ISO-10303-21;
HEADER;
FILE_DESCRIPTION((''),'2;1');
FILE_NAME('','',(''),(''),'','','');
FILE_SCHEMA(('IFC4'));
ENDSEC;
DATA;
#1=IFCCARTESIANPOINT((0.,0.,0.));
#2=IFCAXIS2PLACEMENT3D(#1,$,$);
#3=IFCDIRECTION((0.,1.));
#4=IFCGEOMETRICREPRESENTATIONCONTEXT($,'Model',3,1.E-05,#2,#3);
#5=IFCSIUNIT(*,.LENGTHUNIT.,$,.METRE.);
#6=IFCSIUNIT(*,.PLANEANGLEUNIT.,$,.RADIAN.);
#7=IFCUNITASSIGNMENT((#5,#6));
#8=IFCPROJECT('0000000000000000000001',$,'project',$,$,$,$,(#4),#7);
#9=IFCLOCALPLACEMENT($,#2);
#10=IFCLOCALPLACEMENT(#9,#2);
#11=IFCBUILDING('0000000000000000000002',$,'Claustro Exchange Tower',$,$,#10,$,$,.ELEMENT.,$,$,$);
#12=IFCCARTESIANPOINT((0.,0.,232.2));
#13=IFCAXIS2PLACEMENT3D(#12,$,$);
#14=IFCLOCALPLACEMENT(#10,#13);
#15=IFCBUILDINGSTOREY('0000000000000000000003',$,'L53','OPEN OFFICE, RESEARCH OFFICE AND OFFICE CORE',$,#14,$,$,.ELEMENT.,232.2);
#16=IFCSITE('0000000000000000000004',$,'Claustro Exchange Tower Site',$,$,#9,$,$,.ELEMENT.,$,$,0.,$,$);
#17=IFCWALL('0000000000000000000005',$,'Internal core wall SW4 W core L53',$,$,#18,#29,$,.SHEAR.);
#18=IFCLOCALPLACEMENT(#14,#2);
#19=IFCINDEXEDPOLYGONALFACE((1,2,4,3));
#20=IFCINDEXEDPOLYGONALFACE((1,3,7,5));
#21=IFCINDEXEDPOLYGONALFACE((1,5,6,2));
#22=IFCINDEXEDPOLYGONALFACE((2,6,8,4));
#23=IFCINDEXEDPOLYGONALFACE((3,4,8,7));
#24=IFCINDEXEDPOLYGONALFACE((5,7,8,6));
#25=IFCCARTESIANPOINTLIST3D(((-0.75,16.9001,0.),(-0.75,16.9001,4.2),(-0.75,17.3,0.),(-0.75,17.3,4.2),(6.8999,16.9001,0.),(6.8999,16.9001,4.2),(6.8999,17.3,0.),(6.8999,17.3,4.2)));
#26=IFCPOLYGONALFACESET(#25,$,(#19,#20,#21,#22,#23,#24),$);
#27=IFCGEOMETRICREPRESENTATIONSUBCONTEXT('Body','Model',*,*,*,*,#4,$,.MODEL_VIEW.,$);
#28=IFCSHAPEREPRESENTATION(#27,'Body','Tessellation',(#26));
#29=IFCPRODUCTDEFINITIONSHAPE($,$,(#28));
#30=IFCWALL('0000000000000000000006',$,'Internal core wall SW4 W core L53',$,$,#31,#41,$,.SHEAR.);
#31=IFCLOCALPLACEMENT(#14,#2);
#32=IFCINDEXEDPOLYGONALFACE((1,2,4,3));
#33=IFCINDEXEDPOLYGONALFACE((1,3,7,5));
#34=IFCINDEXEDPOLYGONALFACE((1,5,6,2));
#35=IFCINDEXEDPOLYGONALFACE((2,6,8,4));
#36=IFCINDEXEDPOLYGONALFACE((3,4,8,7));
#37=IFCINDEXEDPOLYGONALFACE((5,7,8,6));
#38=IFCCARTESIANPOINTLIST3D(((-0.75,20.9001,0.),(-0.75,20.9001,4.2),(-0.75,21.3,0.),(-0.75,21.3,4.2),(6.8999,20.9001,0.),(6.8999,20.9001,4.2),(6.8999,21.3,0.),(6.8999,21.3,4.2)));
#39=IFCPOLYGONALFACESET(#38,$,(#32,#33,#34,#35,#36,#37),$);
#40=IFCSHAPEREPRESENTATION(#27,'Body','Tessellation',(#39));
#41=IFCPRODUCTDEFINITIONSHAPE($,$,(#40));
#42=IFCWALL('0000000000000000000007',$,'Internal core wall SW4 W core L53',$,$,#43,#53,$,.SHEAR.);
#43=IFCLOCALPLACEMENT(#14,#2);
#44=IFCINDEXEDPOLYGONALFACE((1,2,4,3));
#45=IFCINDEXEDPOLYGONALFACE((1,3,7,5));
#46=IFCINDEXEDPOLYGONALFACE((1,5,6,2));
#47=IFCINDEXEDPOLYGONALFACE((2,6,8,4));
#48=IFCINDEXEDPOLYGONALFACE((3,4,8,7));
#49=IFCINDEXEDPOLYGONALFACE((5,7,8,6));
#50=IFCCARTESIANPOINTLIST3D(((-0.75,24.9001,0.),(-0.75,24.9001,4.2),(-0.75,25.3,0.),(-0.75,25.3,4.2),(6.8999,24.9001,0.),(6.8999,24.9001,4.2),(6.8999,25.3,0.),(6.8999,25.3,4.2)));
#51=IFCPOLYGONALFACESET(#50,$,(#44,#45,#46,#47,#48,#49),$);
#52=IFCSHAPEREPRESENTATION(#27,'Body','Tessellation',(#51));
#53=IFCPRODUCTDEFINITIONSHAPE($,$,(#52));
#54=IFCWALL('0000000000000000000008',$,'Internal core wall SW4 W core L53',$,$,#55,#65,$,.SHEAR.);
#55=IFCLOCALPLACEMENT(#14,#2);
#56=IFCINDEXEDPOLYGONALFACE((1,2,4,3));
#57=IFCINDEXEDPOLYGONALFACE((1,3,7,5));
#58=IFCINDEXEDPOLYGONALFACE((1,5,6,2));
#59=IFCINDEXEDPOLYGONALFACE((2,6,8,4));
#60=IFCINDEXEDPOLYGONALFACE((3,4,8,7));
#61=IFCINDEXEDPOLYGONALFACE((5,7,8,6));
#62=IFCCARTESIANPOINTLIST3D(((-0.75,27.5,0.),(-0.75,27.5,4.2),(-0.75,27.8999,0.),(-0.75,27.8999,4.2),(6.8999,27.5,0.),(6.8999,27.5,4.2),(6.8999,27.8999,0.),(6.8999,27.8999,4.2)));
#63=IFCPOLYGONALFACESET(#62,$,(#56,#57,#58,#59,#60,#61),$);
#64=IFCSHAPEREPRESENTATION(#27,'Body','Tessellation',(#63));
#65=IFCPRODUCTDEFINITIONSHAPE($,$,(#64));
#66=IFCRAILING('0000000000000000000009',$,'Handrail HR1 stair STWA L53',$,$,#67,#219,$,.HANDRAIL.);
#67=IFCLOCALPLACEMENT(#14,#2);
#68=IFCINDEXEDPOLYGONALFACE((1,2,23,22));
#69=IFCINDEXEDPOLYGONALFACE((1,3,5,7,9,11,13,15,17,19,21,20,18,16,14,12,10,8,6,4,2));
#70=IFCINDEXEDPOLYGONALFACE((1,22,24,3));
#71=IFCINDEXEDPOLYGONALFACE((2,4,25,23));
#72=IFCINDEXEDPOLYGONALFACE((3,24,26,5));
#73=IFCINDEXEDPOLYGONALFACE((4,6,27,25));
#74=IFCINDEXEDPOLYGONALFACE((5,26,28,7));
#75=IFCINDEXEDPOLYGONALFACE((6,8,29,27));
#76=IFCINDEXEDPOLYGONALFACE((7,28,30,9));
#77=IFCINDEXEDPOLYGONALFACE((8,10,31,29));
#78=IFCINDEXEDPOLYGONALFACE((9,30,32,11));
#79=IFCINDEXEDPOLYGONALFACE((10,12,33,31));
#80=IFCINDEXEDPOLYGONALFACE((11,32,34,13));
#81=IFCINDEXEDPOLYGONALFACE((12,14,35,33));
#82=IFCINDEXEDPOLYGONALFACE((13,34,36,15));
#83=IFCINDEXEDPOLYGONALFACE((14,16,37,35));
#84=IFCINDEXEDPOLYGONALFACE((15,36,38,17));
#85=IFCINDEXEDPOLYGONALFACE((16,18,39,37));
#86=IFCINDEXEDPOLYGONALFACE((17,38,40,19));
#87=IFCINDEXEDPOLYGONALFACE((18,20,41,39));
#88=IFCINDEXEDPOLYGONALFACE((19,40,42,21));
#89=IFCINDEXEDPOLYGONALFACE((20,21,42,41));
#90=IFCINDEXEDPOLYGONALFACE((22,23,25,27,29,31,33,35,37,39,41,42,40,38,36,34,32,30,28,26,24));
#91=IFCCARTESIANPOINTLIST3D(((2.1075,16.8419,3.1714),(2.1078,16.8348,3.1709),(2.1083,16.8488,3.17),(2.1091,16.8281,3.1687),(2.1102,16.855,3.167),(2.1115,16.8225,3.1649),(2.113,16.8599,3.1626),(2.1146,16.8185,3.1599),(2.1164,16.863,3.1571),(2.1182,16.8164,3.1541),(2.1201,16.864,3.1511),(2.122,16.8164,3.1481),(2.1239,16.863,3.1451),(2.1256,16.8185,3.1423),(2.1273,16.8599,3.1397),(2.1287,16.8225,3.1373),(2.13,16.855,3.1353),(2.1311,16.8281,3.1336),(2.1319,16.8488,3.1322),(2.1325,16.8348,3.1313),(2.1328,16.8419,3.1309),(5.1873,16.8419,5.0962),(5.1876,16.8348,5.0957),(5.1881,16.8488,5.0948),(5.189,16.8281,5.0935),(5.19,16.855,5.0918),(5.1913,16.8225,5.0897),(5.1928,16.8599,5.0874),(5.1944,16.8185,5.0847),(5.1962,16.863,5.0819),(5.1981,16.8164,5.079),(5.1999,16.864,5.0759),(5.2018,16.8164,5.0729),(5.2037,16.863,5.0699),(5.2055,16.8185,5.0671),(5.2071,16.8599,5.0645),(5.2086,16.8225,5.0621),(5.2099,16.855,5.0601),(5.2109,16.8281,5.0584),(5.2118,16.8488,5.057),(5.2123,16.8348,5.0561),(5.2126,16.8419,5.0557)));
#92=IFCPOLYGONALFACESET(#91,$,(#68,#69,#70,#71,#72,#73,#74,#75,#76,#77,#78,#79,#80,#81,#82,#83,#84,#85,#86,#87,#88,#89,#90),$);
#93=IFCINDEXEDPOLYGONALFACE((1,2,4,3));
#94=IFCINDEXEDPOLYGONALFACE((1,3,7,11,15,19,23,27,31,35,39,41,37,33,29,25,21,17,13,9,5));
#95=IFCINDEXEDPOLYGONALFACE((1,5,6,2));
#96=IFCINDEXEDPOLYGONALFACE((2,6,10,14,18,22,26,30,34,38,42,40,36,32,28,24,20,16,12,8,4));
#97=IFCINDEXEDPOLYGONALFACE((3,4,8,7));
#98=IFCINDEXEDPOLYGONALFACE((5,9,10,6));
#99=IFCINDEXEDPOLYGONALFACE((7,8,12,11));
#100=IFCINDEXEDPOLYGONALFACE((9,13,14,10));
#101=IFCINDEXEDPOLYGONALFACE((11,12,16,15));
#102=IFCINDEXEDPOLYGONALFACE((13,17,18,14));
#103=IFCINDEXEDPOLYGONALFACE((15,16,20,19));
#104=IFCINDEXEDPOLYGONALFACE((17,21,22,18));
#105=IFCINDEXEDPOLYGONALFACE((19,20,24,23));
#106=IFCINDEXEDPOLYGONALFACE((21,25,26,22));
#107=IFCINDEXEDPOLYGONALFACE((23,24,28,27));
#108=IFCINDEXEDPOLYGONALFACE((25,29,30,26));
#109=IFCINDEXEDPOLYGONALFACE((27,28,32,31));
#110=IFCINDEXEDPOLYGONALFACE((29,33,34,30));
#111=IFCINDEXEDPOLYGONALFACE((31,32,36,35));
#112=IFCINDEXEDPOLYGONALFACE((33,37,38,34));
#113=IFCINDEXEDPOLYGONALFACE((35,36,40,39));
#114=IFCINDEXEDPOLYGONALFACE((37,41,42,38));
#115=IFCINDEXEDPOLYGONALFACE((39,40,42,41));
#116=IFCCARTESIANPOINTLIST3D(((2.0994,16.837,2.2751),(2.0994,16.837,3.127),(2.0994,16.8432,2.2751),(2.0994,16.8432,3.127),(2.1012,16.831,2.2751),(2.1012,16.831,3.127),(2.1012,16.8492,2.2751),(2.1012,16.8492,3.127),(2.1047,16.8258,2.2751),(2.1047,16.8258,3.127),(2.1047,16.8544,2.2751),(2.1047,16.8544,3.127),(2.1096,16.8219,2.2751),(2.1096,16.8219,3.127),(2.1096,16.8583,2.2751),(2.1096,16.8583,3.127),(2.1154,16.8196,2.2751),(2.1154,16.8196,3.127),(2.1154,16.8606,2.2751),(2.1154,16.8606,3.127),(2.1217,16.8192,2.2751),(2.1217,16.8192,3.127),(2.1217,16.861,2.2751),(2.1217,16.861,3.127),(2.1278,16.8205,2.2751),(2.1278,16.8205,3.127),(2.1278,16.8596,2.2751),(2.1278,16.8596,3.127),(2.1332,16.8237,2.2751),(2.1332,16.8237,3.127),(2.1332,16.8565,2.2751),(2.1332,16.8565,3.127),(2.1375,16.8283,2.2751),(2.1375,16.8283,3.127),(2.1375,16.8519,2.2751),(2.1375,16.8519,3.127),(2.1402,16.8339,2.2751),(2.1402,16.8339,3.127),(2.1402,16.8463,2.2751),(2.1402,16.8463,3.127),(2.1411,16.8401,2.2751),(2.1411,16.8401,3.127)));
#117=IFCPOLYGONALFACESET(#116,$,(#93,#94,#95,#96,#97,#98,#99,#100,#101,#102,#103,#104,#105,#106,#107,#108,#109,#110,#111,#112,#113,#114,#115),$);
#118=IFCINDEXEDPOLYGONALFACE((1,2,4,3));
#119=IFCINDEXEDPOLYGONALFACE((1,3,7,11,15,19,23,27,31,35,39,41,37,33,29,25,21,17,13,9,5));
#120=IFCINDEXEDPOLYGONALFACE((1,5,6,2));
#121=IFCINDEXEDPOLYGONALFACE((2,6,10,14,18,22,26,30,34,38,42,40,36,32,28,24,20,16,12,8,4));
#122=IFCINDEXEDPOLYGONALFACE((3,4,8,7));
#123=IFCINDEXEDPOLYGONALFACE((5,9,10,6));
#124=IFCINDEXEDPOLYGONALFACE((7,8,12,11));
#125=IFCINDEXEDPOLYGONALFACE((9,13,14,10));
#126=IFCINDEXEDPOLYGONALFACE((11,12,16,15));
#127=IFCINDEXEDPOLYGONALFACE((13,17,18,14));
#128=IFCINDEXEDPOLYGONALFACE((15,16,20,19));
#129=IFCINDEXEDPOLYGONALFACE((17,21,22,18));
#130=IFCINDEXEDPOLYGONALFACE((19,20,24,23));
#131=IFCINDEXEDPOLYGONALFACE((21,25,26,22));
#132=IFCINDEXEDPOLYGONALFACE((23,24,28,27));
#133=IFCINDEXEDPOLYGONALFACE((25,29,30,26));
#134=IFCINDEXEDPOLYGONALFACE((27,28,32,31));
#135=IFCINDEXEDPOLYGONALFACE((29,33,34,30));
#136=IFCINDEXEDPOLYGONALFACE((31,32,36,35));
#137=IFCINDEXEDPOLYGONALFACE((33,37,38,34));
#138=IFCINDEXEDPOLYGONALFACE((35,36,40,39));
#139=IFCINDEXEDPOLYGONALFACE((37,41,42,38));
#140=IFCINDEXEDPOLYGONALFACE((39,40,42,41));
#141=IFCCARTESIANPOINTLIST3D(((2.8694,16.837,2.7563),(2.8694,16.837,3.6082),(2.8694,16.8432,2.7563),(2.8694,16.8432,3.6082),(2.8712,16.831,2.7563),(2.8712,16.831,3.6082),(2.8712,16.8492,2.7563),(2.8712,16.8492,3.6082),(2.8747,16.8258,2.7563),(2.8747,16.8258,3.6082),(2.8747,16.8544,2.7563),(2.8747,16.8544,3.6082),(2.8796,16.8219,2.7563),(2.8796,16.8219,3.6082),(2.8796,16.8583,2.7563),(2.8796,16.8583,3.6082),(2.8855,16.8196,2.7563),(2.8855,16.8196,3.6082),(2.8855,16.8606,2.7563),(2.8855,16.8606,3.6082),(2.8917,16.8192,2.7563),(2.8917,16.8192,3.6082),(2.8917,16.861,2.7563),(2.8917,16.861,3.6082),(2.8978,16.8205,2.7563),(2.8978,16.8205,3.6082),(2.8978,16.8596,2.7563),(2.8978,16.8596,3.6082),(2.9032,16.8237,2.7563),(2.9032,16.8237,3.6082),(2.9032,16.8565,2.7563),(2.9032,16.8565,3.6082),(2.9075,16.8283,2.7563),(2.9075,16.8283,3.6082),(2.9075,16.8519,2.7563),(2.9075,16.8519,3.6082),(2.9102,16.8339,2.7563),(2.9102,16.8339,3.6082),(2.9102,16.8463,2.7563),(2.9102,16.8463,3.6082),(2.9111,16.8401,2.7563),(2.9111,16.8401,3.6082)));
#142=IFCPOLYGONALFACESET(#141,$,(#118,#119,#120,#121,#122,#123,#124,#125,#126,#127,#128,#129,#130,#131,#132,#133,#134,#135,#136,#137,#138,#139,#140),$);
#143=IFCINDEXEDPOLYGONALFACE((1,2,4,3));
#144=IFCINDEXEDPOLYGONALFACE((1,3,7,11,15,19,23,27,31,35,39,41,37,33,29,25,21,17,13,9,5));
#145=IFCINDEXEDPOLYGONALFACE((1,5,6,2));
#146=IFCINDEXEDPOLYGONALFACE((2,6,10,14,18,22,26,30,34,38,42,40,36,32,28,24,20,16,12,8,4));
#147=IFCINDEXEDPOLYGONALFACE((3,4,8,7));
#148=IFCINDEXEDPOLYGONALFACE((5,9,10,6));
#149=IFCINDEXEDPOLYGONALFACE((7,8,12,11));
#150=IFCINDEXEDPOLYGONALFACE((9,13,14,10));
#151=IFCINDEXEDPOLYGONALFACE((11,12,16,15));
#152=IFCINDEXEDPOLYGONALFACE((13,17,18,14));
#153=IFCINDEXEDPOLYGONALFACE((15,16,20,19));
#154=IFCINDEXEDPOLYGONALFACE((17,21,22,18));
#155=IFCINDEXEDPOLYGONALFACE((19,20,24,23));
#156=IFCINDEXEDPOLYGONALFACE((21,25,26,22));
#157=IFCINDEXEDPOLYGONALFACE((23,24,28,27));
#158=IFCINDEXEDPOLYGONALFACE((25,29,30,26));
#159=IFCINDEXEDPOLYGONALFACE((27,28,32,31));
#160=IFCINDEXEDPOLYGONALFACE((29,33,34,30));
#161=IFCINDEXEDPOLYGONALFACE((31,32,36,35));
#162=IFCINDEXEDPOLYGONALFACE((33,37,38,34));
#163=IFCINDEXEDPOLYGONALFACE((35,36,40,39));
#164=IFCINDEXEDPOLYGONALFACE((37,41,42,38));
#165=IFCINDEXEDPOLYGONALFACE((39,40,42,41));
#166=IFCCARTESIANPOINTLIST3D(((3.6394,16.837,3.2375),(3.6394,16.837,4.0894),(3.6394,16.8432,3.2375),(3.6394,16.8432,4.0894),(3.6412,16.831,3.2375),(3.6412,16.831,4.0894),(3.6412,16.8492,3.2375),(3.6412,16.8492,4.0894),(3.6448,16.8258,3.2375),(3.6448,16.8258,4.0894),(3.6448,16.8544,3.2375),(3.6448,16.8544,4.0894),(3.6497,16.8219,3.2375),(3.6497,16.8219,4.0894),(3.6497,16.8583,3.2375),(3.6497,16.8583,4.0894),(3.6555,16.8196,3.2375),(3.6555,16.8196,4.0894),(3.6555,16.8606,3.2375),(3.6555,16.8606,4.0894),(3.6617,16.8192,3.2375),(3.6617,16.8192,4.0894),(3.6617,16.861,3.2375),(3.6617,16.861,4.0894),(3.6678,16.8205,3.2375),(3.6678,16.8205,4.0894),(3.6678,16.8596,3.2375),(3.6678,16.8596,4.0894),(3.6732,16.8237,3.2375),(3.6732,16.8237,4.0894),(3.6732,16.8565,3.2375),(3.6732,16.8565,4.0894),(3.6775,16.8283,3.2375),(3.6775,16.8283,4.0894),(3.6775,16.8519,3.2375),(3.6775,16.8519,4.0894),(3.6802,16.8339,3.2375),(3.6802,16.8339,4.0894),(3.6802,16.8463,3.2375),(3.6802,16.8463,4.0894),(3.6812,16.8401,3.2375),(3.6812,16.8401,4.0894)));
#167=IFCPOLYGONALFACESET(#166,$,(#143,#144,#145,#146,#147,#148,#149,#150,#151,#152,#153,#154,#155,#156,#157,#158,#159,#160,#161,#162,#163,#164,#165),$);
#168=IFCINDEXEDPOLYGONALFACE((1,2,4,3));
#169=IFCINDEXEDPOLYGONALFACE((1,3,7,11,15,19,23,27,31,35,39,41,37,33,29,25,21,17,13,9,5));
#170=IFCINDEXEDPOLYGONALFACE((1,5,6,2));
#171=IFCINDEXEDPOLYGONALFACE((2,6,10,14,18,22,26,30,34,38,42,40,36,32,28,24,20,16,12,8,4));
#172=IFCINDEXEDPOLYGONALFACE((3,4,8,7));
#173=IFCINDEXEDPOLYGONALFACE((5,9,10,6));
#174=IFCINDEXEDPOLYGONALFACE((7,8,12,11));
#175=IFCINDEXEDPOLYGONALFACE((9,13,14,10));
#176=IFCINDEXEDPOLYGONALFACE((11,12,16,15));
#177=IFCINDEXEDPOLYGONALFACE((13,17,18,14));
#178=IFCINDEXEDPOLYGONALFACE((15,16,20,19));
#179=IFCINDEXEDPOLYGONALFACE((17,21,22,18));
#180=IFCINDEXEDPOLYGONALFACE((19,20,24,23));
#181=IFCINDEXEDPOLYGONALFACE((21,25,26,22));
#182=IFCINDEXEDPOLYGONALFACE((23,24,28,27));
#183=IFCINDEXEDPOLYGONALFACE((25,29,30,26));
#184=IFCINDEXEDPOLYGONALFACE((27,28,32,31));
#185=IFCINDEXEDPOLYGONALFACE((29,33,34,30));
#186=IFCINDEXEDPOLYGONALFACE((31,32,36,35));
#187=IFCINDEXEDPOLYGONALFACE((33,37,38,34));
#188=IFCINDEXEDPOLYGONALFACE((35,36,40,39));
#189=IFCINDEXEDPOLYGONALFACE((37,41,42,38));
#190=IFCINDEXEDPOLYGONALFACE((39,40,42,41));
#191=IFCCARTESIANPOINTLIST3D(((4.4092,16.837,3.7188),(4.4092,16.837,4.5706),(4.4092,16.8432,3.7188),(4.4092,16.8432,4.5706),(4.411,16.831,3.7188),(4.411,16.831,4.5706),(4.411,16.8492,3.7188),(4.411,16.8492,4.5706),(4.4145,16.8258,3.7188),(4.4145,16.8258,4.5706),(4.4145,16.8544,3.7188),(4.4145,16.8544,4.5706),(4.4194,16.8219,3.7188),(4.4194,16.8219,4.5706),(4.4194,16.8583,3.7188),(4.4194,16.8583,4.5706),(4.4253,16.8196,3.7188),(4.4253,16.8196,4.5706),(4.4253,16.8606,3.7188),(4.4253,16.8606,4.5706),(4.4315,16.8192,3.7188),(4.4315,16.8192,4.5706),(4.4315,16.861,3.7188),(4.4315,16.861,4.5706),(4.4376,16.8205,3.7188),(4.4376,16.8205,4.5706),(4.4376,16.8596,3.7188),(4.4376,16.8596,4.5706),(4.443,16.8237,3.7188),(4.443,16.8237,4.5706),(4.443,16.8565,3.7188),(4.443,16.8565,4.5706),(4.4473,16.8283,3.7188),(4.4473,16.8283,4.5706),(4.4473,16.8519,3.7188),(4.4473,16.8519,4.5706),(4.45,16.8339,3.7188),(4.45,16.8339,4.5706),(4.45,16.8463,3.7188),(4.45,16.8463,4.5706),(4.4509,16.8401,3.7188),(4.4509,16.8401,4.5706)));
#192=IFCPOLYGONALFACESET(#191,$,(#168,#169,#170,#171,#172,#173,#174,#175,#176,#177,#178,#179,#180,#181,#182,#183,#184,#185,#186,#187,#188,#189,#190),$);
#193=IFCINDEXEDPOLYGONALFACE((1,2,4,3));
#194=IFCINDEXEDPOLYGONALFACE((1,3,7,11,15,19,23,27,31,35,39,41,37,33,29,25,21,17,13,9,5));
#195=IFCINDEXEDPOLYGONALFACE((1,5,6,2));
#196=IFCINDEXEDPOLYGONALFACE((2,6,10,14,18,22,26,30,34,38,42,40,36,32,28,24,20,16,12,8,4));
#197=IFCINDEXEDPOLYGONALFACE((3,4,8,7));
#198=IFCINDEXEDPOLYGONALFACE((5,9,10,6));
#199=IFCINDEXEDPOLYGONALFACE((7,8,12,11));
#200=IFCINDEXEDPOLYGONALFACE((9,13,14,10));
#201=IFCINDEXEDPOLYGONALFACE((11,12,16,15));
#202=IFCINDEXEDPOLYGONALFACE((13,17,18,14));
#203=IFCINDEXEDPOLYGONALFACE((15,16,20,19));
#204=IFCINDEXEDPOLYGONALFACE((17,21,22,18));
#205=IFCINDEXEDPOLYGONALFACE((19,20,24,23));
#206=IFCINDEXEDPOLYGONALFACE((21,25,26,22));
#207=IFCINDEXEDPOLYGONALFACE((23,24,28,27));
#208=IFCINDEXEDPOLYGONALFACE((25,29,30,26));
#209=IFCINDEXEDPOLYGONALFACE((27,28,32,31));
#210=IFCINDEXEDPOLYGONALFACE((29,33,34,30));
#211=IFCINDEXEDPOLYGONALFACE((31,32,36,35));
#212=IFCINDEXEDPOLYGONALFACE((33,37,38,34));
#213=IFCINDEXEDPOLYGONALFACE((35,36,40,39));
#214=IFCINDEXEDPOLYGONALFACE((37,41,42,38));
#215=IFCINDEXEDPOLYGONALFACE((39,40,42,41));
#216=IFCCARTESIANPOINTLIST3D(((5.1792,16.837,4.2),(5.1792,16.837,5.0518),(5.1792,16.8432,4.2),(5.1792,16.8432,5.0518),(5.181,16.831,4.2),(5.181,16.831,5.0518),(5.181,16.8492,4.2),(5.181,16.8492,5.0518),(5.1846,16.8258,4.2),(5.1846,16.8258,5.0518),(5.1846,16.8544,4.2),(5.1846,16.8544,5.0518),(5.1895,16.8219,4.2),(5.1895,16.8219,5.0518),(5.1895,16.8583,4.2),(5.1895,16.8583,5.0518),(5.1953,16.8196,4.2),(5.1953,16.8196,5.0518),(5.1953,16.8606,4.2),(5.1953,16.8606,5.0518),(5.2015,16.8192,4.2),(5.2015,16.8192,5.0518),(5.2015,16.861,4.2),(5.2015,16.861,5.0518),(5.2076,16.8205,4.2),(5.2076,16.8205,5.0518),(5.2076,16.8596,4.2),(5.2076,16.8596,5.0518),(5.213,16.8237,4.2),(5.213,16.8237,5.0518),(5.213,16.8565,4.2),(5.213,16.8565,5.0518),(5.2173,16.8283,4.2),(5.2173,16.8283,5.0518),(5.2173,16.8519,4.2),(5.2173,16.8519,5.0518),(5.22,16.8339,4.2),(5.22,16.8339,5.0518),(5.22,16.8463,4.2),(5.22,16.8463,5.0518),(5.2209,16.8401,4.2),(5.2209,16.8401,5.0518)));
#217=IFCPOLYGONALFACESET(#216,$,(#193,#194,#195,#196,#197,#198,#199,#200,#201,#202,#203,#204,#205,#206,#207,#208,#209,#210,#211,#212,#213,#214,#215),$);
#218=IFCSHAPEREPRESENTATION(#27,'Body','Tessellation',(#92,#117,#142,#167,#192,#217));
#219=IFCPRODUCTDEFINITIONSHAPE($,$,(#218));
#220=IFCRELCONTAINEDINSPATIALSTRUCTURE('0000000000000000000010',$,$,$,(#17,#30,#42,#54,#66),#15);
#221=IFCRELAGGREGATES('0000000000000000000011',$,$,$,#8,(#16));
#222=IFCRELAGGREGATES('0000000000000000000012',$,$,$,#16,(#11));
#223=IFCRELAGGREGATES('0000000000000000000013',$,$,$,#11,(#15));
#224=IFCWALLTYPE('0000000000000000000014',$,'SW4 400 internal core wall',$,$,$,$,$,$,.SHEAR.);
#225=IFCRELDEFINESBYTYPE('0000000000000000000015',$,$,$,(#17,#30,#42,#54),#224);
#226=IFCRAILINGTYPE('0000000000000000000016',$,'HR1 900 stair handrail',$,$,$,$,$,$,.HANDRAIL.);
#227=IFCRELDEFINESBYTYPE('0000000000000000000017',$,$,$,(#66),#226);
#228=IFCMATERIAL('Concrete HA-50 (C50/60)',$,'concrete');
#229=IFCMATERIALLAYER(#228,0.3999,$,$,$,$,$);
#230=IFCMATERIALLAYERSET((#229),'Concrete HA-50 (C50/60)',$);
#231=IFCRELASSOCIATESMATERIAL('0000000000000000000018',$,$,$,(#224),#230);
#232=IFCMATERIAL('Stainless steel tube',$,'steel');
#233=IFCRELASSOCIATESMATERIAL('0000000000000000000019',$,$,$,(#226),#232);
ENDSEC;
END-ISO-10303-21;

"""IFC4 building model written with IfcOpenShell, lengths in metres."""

from ifc_helpers import new_model, si_unit, direction, frame, frame_2d, origin, origin_2d, place, context, subcontext, project, spatial, rectangle, circle, extrude, material, layer, layer_set, type_object, element, save


model = new_model("IFC4")

# Units and contexts
model_context = context("Model", 3, precision=1e-05, world=origin(), true_north=direction((0.0, 1.0)))
body_context = subcontext(model_context, "Body", "Model", "MODEL_VIEW")
ifc_project = project(units=[si_unit("LENGTHUNIT", "METRE"), si_unit("PLANEANGLEUNIT", "RADIAN")], contexts=[model_context])

# Site, building, storey
site_placement = place(None, origin())
site = spatial("IfcSite", under=ifc_project, at=site_placement, Name="Claustro Exchange Tower Site", CompositionType="ELEMENT", RefElevation=0.0)
building_placement = place(site_placement, origin())
building = spatial("IfcBuilding", under=site, at=building_placement, Name="Claustro Exchange Tower", CompositionType="ELEMENT")
storey_placement = place(building_placement, frame((0.0, 0.0, 232.2)))
storey = spatial("IfcBuildingStorey", under=building, at=storey_placement, Name="L53", Description="OPEN OFFICE, RESEARCH OFFICE AND OFFICE CORE", CompositionType="ELEMENT", Elevation=232.2)

# Walls
ifc_material_1 = material(Name="Concrete HA-50 (C50/60)", Category="concrete")
ifc_layer_1 = layer(ifc_material_1, 0.3999)
ifc_layer_set_1 = layer_set([ifc_layer_1], Name="Concrete HA-50 (C50/60)")
wall_type_1 = type_object("IfcWallType", Name="SW4 400 internal core wall", PredefinedType="SHEAR", material=ifc_layer_set_1)
for number, where, z_axis, x_axis, name in (
    (1, (-0.75, 17.1001, 0.0), (0.0, 0.0, 1.0), (1.0, 0.0, 0.0), "Internal core wall SW4 W core L53"),
    (2, (-0.75, 21.1001, 0.0), (0.0, 0.0, 1.0), (1.0, 0.0, 0.0), "Internal core wall SW4 W core L53"),
    (3, (-0.75, 25.1001, 0.0), (0.0, 0.0, 1.0), (1.0, 0.0, 0.0), "Internal core wall SW4 W core L53"),
    (4, (-0.75, 27.7, 0.0), (0.0, 0.0, 1.0), (1.0, 0.0, 0.0), "Internal core wall SW4 W core L53"),
):
    element("IfcWall", number, at=place(storey_placement, frame(where, z_axis=z_axis, x_axis=x_axis)), inside=storey, type_object=wall_type_1, Name=name, PredefinedType="SHEAR", context=body_context, shape_type="SweptSolid", body=[
        extrude(rectangle(XDim=7.6499, YDim=0.3999, at=frame_2d((3.825, 0.0))), origin(), (0.0, 0.0, 1.0), 4.2),
    ])

# Railing
ifc_material_2 = material(Name="Stainless steel tube", Category="steel")
railing_type = type_object("IfcRailingType", Name="HR1 900 stair handrail", PredefinedType="HANDRAIL", material=ifc_material_2)
railing_placement = place(storey_placement, frame((2.1201, 16.8401, 2.2751)))
element("IfcRailing", 5, at=railing_placement, inside=storey, type_object=railing_type, Name="Handrail HR1 stair STWA L53", PredefinedType="HANDRAIL", context=body_context, shape_type="SweptSolid", body=[
    extrude(circle(Radius=0.0239, at=origin_2d()), frame((0.0, 0.0, 0.876), z_axis=(0.84801, 0.0, 0.529981), x_axis=(0.0, 1.0, 0.0)), (0.0, 0.0, 1.0), 3.6318),
    extrude(circle(Radius=0.021, at=origin_2d()), origin(), (0.0, 0.0, 1.0), 0.8518),
    extrude(circle(Radius=0.021, at=origin_2d()), frame((0.77, 0.0, 0.4812)), (0.0, 0.0, 1.0), 0.8518),
    extrude(circle(Radius=0.021, at=origin_2d()), frame((1.54, 0.0, 0.9624)), (0.0, 0.0, 1.0), 0.8518),
    extrude(circle(Radius=0.021, at=origin_2d()), frame((2.3098, 0.0, 1.4436)), (0.0, 0.0, 1.0), 0.8518),
    extrude(circle(Radius=0.021, at=origin_2d()), frame((3.0798, 0.0, 1.9248)), (0.0, 0.0, 1.0), 0.8518),
])

save(model, "model.ifc")
